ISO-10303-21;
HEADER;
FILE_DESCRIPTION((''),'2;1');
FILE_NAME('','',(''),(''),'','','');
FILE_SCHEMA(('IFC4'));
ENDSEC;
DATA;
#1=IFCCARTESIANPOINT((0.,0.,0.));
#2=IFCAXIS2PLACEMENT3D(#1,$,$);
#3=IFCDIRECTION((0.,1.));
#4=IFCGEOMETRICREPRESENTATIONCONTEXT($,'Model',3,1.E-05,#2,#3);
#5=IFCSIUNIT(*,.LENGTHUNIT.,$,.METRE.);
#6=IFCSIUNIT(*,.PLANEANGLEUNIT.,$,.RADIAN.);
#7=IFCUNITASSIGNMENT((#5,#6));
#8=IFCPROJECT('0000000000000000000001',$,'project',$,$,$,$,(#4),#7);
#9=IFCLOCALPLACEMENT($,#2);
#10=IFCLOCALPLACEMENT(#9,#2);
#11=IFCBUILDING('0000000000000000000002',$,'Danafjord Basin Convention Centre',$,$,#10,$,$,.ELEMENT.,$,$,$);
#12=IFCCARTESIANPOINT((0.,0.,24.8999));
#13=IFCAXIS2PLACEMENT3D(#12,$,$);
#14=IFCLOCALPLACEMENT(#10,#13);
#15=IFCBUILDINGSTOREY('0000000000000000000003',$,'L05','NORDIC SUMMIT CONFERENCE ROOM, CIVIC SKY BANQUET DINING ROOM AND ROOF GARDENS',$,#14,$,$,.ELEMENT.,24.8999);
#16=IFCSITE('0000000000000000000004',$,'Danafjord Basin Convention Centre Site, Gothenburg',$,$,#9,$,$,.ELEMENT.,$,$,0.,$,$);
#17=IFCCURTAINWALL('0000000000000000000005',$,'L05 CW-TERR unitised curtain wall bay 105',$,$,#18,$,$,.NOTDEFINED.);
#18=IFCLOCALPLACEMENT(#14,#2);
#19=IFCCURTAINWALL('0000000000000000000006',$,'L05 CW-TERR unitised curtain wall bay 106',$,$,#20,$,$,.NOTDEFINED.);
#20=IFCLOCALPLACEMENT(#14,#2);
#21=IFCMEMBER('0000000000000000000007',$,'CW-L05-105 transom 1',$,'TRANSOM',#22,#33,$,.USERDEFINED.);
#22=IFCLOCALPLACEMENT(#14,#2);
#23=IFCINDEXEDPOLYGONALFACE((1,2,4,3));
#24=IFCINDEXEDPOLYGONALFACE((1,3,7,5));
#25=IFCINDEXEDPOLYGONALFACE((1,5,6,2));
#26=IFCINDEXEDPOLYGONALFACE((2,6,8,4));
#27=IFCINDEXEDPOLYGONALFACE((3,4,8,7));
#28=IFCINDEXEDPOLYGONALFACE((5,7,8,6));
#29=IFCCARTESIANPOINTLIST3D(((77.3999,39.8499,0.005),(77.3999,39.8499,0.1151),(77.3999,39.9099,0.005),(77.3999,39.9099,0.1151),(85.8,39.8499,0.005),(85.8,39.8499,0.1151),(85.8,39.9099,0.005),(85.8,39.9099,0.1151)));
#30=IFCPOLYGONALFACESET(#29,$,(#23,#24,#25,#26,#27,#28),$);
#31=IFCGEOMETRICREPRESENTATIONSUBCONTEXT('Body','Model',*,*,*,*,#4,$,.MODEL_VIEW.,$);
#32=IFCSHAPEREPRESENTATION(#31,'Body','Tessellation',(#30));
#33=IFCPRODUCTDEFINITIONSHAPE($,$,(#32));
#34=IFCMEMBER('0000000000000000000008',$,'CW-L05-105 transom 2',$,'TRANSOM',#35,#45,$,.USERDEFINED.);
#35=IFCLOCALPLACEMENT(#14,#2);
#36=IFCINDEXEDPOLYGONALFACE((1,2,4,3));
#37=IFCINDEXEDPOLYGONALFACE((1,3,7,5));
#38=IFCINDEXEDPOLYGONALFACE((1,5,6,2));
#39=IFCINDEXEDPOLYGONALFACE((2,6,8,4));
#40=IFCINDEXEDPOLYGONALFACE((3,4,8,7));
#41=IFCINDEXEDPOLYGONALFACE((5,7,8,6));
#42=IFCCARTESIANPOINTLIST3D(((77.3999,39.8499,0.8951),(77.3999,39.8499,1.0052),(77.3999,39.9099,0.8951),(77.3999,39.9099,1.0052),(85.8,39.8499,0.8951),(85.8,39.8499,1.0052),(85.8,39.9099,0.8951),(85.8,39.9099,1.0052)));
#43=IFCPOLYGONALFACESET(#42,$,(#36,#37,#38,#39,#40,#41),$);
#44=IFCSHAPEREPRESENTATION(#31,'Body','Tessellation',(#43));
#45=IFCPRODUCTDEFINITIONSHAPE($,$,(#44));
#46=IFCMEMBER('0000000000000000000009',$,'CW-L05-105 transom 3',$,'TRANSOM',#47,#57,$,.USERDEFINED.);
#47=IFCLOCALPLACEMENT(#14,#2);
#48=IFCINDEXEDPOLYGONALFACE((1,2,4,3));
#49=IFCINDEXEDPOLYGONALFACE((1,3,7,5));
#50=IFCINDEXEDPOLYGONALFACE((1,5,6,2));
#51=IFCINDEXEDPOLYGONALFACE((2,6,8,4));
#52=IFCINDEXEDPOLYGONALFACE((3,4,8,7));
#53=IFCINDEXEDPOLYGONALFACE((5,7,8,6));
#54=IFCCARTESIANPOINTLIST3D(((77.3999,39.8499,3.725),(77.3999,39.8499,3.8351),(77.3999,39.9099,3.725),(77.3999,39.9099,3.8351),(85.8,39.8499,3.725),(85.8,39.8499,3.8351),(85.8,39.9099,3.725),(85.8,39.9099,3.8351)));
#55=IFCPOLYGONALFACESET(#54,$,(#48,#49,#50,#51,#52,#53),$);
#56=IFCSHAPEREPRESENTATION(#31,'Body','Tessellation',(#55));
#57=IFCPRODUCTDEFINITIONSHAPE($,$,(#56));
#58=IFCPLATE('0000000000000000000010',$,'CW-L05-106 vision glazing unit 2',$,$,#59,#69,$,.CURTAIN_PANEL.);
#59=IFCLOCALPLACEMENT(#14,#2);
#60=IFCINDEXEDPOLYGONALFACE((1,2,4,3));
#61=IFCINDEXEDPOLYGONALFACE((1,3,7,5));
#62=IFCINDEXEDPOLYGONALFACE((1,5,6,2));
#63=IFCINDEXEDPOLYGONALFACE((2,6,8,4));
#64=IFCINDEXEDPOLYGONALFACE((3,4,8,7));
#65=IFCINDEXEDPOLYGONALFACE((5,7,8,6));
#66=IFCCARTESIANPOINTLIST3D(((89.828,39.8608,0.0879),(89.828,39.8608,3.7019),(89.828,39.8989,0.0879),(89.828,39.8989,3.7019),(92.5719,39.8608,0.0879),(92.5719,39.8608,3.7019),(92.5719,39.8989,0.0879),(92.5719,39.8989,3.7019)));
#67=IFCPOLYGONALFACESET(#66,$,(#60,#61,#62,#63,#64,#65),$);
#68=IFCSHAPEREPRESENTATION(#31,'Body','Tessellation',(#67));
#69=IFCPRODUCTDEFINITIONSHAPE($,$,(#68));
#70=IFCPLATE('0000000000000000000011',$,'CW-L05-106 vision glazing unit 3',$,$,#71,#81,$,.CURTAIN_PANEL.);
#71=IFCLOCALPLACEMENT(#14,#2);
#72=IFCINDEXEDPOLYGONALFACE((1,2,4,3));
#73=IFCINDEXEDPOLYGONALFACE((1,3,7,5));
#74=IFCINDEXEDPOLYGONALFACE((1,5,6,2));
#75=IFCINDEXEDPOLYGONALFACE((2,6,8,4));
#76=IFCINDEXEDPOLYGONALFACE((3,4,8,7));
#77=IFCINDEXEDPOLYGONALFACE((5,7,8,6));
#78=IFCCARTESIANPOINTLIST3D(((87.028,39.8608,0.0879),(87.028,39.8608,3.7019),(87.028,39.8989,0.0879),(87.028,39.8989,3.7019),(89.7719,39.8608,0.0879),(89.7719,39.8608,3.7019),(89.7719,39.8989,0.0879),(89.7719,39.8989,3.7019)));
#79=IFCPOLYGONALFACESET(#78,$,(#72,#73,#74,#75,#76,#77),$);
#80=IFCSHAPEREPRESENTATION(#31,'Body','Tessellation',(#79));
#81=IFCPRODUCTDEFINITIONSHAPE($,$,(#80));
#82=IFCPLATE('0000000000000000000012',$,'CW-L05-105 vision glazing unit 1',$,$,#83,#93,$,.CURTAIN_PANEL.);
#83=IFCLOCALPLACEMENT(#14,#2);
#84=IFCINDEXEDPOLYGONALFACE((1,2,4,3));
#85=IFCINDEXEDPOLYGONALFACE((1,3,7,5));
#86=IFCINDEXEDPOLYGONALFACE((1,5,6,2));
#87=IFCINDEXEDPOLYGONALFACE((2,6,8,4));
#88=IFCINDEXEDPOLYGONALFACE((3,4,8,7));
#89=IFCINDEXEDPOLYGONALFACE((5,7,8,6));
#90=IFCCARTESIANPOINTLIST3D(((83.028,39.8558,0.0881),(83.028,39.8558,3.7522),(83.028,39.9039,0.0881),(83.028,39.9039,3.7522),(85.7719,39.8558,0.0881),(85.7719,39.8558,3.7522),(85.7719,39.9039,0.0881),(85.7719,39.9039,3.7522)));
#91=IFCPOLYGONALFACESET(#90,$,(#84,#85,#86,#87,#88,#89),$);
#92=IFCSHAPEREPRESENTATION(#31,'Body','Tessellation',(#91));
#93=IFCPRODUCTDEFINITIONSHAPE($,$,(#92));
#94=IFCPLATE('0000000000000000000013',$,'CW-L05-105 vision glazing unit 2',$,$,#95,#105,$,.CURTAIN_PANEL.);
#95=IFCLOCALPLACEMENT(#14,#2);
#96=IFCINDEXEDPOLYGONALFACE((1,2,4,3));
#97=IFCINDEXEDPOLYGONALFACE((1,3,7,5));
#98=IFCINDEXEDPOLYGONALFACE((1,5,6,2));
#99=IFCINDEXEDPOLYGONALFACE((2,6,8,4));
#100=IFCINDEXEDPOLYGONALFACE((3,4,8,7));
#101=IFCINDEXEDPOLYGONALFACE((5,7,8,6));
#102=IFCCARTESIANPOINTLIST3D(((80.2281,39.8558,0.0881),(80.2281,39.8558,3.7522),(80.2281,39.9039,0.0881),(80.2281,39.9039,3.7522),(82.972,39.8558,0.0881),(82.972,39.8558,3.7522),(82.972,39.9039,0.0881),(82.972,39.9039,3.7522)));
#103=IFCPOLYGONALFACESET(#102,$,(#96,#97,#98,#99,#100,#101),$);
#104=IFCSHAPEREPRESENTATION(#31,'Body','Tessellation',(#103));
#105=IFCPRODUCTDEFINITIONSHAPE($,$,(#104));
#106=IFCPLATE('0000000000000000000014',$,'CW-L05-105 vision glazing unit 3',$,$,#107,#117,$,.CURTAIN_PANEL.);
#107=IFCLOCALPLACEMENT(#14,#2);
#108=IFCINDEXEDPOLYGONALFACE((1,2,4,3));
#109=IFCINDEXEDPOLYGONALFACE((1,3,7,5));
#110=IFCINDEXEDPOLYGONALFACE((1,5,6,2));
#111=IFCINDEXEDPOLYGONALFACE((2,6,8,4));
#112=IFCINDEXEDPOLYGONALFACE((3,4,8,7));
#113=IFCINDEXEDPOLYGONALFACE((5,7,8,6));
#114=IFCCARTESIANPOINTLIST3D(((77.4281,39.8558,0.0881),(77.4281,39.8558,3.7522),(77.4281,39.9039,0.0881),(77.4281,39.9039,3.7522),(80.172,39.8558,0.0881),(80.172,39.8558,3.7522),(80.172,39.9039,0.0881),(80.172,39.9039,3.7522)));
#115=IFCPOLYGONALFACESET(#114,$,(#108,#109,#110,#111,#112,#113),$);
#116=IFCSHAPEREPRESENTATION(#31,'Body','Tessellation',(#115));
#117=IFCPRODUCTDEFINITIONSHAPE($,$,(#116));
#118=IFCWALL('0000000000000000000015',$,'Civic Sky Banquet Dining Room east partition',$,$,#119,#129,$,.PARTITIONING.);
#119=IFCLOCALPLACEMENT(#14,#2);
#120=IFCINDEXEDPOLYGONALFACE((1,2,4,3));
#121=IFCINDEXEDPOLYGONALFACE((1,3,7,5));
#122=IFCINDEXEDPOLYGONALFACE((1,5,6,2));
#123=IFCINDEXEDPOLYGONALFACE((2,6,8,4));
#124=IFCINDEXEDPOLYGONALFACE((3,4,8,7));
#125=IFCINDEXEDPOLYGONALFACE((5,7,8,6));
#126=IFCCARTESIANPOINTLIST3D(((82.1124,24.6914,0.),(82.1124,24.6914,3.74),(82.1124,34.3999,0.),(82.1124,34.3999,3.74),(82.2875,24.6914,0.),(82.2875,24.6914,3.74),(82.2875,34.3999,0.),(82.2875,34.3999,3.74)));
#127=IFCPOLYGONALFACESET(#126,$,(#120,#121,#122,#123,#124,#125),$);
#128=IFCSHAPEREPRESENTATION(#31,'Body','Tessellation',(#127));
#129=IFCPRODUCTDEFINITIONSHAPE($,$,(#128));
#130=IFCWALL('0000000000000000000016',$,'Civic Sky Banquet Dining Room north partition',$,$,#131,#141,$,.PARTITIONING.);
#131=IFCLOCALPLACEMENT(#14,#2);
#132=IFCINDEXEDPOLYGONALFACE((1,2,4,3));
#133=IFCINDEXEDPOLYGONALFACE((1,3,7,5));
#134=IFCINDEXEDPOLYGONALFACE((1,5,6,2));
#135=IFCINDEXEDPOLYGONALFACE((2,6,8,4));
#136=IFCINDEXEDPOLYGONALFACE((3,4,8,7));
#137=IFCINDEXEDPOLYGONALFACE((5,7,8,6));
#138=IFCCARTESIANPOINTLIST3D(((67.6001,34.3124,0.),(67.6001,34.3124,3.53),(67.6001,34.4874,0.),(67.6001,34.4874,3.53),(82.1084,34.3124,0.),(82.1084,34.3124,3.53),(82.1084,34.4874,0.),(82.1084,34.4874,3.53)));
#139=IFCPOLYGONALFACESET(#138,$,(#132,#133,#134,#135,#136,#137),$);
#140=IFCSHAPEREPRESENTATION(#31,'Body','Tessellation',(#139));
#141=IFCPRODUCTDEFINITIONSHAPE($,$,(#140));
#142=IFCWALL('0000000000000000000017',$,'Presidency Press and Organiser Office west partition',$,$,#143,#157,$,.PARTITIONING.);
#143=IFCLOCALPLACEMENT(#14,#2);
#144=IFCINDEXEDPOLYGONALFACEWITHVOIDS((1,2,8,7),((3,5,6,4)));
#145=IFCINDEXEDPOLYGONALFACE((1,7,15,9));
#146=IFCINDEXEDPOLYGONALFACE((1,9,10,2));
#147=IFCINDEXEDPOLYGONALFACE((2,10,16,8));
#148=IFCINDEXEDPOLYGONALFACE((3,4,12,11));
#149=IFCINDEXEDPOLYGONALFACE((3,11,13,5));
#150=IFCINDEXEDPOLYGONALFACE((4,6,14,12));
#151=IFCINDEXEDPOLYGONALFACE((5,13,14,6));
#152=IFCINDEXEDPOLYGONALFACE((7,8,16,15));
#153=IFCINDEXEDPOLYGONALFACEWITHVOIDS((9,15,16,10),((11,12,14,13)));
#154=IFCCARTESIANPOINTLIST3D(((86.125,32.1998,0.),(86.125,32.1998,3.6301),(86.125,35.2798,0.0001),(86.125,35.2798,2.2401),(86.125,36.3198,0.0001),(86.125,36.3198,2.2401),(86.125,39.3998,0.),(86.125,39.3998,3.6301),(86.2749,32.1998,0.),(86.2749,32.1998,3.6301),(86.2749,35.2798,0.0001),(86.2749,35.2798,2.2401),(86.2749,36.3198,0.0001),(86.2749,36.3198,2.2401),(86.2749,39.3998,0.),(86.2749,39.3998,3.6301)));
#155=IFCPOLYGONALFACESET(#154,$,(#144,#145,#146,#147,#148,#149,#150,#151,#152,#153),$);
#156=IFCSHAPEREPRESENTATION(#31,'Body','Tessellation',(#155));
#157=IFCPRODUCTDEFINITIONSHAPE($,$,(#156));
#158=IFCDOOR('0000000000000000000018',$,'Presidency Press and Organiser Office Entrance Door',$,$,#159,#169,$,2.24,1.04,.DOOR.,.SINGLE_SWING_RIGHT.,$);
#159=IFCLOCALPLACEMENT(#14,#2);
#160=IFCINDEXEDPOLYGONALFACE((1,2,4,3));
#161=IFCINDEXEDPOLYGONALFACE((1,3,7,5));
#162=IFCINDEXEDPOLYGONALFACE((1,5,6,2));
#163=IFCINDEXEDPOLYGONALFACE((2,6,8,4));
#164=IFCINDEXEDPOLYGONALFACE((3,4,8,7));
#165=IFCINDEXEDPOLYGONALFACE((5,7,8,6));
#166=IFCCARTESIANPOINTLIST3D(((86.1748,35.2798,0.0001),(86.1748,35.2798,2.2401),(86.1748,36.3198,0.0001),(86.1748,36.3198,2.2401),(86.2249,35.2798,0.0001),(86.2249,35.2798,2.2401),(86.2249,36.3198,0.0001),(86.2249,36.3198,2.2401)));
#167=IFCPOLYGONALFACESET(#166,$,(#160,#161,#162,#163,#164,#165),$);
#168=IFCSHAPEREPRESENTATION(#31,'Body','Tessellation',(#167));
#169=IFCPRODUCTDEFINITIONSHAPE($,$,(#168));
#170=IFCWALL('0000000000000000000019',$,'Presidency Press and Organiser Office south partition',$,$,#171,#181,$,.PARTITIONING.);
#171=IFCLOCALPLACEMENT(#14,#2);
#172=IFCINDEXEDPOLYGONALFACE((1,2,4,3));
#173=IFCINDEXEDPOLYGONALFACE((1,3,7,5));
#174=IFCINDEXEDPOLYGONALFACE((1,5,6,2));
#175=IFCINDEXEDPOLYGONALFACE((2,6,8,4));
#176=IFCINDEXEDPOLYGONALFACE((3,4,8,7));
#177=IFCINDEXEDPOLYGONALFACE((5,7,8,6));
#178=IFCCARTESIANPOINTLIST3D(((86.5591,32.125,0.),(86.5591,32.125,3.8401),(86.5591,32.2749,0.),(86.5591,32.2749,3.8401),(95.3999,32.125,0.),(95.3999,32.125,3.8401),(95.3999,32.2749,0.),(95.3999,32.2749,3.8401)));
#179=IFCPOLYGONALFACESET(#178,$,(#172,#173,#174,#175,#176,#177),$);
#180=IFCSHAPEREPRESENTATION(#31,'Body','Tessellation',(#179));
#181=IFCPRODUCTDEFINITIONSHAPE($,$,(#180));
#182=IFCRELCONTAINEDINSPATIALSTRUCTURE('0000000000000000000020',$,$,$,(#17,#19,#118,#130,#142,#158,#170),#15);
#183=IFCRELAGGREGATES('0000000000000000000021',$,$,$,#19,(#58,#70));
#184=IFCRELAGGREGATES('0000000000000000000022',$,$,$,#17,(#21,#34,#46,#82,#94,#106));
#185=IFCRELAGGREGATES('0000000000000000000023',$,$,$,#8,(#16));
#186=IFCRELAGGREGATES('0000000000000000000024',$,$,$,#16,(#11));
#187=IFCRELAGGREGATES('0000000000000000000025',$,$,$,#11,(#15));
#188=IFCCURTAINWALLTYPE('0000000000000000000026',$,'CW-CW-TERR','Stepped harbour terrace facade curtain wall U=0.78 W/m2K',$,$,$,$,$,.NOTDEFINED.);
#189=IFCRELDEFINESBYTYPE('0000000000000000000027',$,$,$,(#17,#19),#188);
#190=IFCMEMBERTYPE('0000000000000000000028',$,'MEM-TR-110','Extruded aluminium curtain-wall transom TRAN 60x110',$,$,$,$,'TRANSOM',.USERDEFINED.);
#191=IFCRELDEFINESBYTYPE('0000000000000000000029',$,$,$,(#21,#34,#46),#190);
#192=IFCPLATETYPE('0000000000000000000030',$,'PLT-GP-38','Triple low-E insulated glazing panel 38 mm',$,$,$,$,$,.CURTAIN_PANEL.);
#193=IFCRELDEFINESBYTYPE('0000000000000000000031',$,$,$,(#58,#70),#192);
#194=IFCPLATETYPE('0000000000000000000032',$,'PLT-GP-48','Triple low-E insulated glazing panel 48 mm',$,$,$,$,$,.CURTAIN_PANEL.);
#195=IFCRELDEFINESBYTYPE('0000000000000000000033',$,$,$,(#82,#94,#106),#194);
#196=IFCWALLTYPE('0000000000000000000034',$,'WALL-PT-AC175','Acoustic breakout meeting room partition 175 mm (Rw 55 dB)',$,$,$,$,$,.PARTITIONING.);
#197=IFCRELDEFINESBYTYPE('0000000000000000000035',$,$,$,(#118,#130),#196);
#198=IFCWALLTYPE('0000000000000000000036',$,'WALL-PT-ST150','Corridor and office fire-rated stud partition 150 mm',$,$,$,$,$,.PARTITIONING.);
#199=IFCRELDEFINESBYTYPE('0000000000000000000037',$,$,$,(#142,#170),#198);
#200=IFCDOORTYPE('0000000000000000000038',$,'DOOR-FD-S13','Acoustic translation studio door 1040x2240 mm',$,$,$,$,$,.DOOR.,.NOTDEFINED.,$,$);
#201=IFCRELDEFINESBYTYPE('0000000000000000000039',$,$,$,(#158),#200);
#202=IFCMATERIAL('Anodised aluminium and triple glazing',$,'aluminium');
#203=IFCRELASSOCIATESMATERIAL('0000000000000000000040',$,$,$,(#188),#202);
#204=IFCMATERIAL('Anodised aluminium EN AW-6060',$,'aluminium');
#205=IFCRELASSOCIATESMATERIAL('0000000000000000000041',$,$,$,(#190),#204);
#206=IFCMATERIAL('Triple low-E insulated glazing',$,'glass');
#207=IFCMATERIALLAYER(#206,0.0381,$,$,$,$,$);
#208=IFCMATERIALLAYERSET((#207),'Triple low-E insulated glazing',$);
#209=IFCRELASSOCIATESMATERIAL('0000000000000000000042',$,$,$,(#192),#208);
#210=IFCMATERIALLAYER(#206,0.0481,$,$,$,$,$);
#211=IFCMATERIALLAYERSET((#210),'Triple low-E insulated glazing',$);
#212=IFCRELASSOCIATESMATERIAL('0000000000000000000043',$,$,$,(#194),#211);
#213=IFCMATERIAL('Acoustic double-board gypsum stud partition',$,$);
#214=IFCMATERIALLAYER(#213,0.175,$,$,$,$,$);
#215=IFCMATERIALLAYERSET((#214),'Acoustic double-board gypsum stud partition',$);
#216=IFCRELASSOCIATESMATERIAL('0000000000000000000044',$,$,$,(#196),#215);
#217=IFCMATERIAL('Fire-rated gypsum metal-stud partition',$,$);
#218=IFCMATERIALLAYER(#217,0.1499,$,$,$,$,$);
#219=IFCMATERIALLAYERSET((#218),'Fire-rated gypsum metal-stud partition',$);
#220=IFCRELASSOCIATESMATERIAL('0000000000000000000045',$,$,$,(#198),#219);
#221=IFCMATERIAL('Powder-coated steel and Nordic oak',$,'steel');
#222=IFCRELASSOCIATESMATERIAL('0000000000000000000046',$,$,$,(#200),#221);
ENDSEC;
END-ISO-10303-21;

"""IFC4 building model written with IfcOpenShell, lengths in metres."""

from ifc_helpers import new_model, si_unit, direction, frame, frame_2d, origin, origin_2d, place, context, subcontext, project, spatial, rectangle, extrude, material, layer, layer_set, material_profile, profile_set, type_object, element, fill, aggregate, save


model = new_model("IFC4")

# Units and contexts
model_context = context("Model", 3, precision=1e-05, world=origin(), true_north=direction((0.0, 1.0)))
body_context = subcontext(model_context, "Body", "Model", "MODEL_VIEW")
ifc_project = project(units=[si_unit("LENGTHUNIT", "METRE"), si_unit("PLANEANGLEUNIT", "RADIAN")], contexts=[model_context])

# Site, building, storey
site_placement = place(None, origin())
site = spatial("IfcSite", under=ifc_project, at=site_placement, Name="Danafjord Basin Convention Centre Site, Gothenburg", CompositionType="ELEMENT", RefElevation=0.0)
building_placement = place(site_placement, origin())
building = spatial("IfcBuilding", under=site, at=building_placement, Name="Danafjord Basin Convention Centre", CompositionType="ELEMENT")
storey_placement = place(building_placement, frame((0.0, 0.0, 24.8999)))
storey = spatial("IfcBuildingStorey", under=building, at=storey_placement, Name="L05", Description="NORDIC SUMMIT CONFERENCE ROOM, CIVIC SKY BANQUET DINING ROOM AND ROOF GARDENS", CompositionType="ELEMENT", Elevation=24.8999)

# Curtain walls
ifc_material_1 = material(Name="Anodised aluminium and triple glazing", Category="aluminium")
curtain_wall_type = type_object("IfcCurtainWallType", Name="CW-CW-TERR", Description="Stepped harbour terrace facade curtain wall U=0.78 W/m2K", PredefinedType="NOTDEFINED", material=ifc_material_1)
curtain_wall_1_placement = place(storey_placement, origin())
curtain_wall_1 = element("IfcCurtainWall", 1, at=curtain_wall_1_placement, inside=storey, type_object=curtain_wall_type, Name="L05 CW-TERR unitised curtain wall bay 105", PredefinedType="NOTDEFINED")
ifc_material_2 = material(Name="Anodised aluminium EN AW-6060", Category="aluminium")
curtain_wall_2_placement = place(storey_placement, origin())
curtain_wall_2 = element("IfcCurtainWall", 2, at=curtain_wall_2_placement, inside=storey, type_object=curtain_wall_type, Name="L05 CW-TERR unitised curtain wall bay 106", PredefinedType="NOTDEFINED")

# Members
ifc_material_profile_1 = material_profile(ifc_material_2, rectangle(XDim=0.0601, YDim=0.1101, at=origin_2d()), Name="TRAN 60x110")
ifc_profile_set_1 = profile_set([ifc_material_profile_1], Name="Anodised aluminium EN AW-6060")
member_type_1 = type_object("IfcMemberType", Name="MEM-TR-110", Description="Extruded aluminium curtain-wall transom TRAN 60x110", ElementType="TRANSOM", PredefinedType="USERDEFINED", material=ifc_profile_set_1)
member_1_placement = place(storey_placement, frame((85.8, 39.8799, 0.0601), z_axis=(-1.0, 0.0, 0.0), x_axis=(0.0, -1.0, 0.0)))
member_1 = element("IfcMember", 3, at=member_1_placement, type_object=member_type_1, Name="CW-L05-105 transom 1", ObjectType="TRANSOM", PredefinedType="USERDEFINED", context=body_context, shape_type="SweptSolid", body=[
    extrude(rectangle(XDim=0.0601, YDim=0.1101, at=origin_2d()), origin(), (0.0, 0.0, 1.0), 8.4001),
])
member_2_placement = place(storey_placement, frame((85.8, 39.8799, 0.9502), z_axis=(-1.0, 0.0, 0.0), x_axis=(0.0, -1.0, 0.0)))
member_2 = element("IfcMember", 4, at=member_2_placement, type_object=member_type_1, Name="CW-L05-105 transom 2", ObjectType="TRANSOM", PredefinedType="USERDEFINED", context=body_context, shape_type="SweptSolid", body=[
    extrude(rectangle(XDim=0.0601, YDim=0.1101, at=origin_2d()), origin(), (0.0, 0.0, 1.0), 8.4001),
])
member_3_placement = place(storey_placement, frame((85.8, 39.8799, 3.78), z_axis=(-1.0, 0.0, 0.0), x_axis=(0.0, -1.0, 0.0)))
member_3 = element("IfcMember", 5, at=member_3_placement, type_object=member_type_1, Name="CW-L05-105 transom 3", ObjectType="TRANSOM", PredefinedType="USERDEFINED", context=body_context, shape_type="SweptSolid", body=[
    extrude(rectangle(XDim=0.0601, YDim=0.1101, at=origin_2d()), origin(), (0.0, 0.0, 1.0), 8.4001),
])

# Plates
ifc_material_3 = material(Name="Triple low-E insulated glazing", Category="glass")
ifc_layer_1 = layer(ifc_material_3, 0.0381)
ifc_layer_set_1 = layer_set([ifc_layer_1], Name="Triple low-E insulated glazing")
plate_type_1 = type_object("IfcPlateType", Name="PLT-GP-38", Description="Triple low-E insulated glazing panel 38 mm", PredefinedType="CURTAIN_PANEL", material=ifc_layer_set_1)
plate_1_placement = place(storey_placement, frame((91.2, 39.8799, 0.0879), z_axis=(0.0, 0.0, 1.0), x_axis=(-1.0, 0.0, 0.0)))
plate_1 = element("IfcPlate", 6, at=plate_1_placement, type_object=plate_type_1, Name="CW-L05-106 vision glazing unit 2", PredefinedType="CURTAIN_PANEL", context=body_context, shape_type="SweptSolid", body=[
    extrude(rectangle(XDim=2.7439, YDim=0.0381, at=origin_2d()), origin(), (0.0, 0.0, 1.0), 3.614),
])
plate_2_placement = place(storey_placement, frame((88.3999, 39.8799, 0.0879), z_axis=(0.0, 0.0, 1.0), x_axis=(-1.0, 0.0, 0.0)))
plate_2 = element("IfcPlate", 7, at=plate_2_placement, type_object=plate_type_1, Name="CW-L05-106 vision glazing unit 3", PredefinedType="CURTAIN_PANEL", context=body_context, shape_type="SweptSolid", body=[
    extrude(rectangle(XDim=2.7439, YDim=0.0381, at=origin_2d()), origin(), (0.0, 0.0, 1.0), 3.614),
])
aggregate(curtain_wall_2, [plate_1, plate_2])
ifc_layer_2 = layer(ifc_material_3, 0.0481)
ifc_layer_set_2 = layer_set([ifc_layer_2], Name="Triple low-E insulated glazing")
plate_type_2 = type_object("IfcPlateType", Name="PLT-GP-48", Description="Triple low-E insulated glazing panel 48 mm", PredefinedType="CURTAIN_PANEL", material=ifc_layer_set_2)
plate_3_placement = place(storey_placement, frame((84.3999, 39.8799, 0.0881), z_axis=(0.0, 0.0, 1.0), x_axis=(-1.0, 0.0, 0.0)))
plate_3 = element("IfcPlate", 8, at=plate_3_placement, type_object=plate_type_2, Name="CW-L05-105 vision glazing unit 1", PredefinedType="CURTAIN_PANEL", context=body_context, shape_type="SweptSolid", body=[
    extrude(rectangle(XDim=2.7439, YDim=0.0481, at=origin_2d()), origin(), (0.0, 0.0, 1.0), 3.6641),
])
plate_4_placement = place(storey_placement, frame((81.6001, 39.8799, 0.0881), z_axis=(0.0, 0.0, 1.0), x_axis=(-1.0, 0.0, 0.0)))
plate_4 = element("IfcPlate", 9, at=plate_4_placement, type_object=plate_type_2, Name="CW-L05-105 vision glazing unit 2", PredefinedType="CURTAIN_PANEL", context=body_context, shape_type="SweptSolid", body=[
    extrude(rectangle(XDim=2.7439, YDim=0.0481, at=origin_2d()), origin(), (0.0, 0.0, 1.0), 3.6641),
])
plate_5_placement = place(storey_placement, frame((78.8, 39.8799, 0.0881), z_axis=(0.0, 0.0, 1.0), x_axis=(-1.0, 0.0, 0.0)))
plate_5 = element("IfcPlate", 10, at=plate_5_placement, type_object=plate_type_2, Name="CW-L05-105 vision glazing unit 3", PredefinedType="CURTAIN_PANEL", context=body_context, shape_type="SweptSolid", body=[
    extrude(rectangle(XDim=2.7439, YDim=0.0481, at=origin_2d()), origin(), (0.0, 0.0, 1.0), 3.6641),
])
aggregate(curtain_wall_1, [member_1, member_2, member_3, plate_3, plate_4, plate_5])

# Walls
ifc_material_4 = material(Name="Acoustic double-board gypsum stud partition")
ifc_layer_3 = layer(ifc_material_4, 0.175)
ifc_layer_set_3 = layer_set([ifc_layer_3], Name="Acoustic double-board gypsum stud partition")
wall_type_1 = type_object("IfcWallType", Name="WALL-PT-AC175", Description="Acoustic breakout meeting room partition 175 mm (Rw 55 dB)", PredefinedType="PARTITIONING", material=ifc_layer_set_3)
wall_1_placement = place(storey_placement, frame((82.2, 24.6914, 0.0), z_axis=(0.0, 0.0, 1.0), x_axis=(0.0, 1.0, 0.0)))
element("IfcWall", 11, at=wall_1_placement, inside=storey, type_object=wall_type_1, Name="Civic Sky Banquet Dining Room east partition", PredefinedType="PARTITIONING", context=body_context, shape_type="SweptSolid", body=[
    extrude(rectangle(XDim=9.7085, YDim=0.175, at=frame_2d((4.8542, 0.0))), origin(), (0.0, 0.0, 1.0), 3.74),
])
wall_2_placement = place(storey_placement, frame((82.1084, 34.3999, 0.0), z_axis=(0.0, 0.0, 1.0), x_axis=(-1.0, 0.0, 0.0)))
element("IfcWall", 12, at=wall_2_placement, inside=storey, type_object=wall_type_1, Name="Civic Sky Banquet Dining Room north partition", PredefinedType="PARTITIONING", context=body_context, shape_type="SweptSolid", body=[
    extrude(rectangle(XDim=14.5083, YDim=0.175, at=frame_2d((7.2542, 0.0))), origin(), (0.0, 0.0, 1.0), 3.53),
])

# Wall, opening, door
ifc_material_5 = material(Name="Fire-rated gypsum metal-stud partition")
ifc_layer_4 = layer(ifc_material_5, 0.1499)
ifc_layer_set_4 = layer_set([ifc_layer_4], Name="Fire-rated gypsum metal-stud partition")
wall_type_2 = type_object("IfcWallType", Name="WALL-PT-ST150", Description="Corridor and office fire-rated stud partition 150 mm", PredefinedType="PARTITIONING", material=ifc_layer_set_4)
wall_3_placement = place(storey_placement, frame((86.2, 39.3999, 0.0), z_axis=(0.0, 0.0, 1.0), x_axis=(0.0, -1.0, 0.0)))
wall_3 = element("IfcWall", 13, at=wall_3_placement, inside=storey, type_object=wall_type_2, Name="Presidency Press and Organiser Office west partition", PredefinedType="PARTITIONING", context=body_context, shape_type="SweptSolid", body=[
    extrude(rectangle(XDim=7.2, YDim=0.1499, at=frame_2d((3.6001, 0.0))), origin(), (0.0, 0.0, 1.0), 3.6301),
])
opening_1_placement = place(wall_3_placement, frame((3.0801, 0.0, 0.0)))
opening_1 = element("IfcOpeningElement", 14, at=opening_1_placement, cuts=wall_3, PredefinedType="OPENING", context=body_context, shape_type="SweptSolid", body=[
    extrude(rectangle(XDim=1.04, YDim=2.24, at=frame_2d((0.52, 1.1201))), frame((0.0, 0.085, 0.0), z_axis=(0.0, -1.0, 0.0), x_axis=(1.0, 0.0, 0.0)), (0.0, 0.0, 1.0), 0.1699),
])
ifc_material_6 = material(Name="Powder-coated steel and Nordic oak", Category="steel")
door_type_1 = type_object("IfcDoorType", Name="DOOR-FD-S13", Description="Acoustic translation studio door 1040x2240 mm", OperationType="NOTDEFINED", PredefinedType="DOOR", material=ifc_material_6)
door_1_placement = place(opening_1_placement, origin())
door_1 = element("IfcDoor", 15, at=door_1_placement, inside=storey, type_object=door_type_1, Name="Presidency Press and Organiser Office Entrance Door", OperationType="SINGLE_SWING_RIGHT", OverallHeight=2.24, OverallWidth=1.04, PredefinedType="DOOR", context=body_context, shape_type="SweptSolid", body=[
    extrude(rectangle(XDim=1.04, YDim=2.24, at=frame_2d((0.52, 1.1201))), frame((0.0, 0.0249, 0.0), z_axis=(0.0, -1.0, 0.0), x_axis=(1.0, 0.0, 0.0)), (0.0, 0.0, 1.0), 0.05),
])
fill(opening_1, door_1)

# Wall
wall_4_placement = place(storey_placement, frame((86.5591, 32.2, 0.0), z_axis=(0.0, 0.0, 1.0), x_axis=(1.0, 0.0, 0.0)))
element("IfcWall", 16, at=wall_4_placement, inside=storey, type_object=wall_type_2, Name="Presidency Press and Organiser Office south partition", PredefinedType="PARTITIONING", context=body_context, shape_type="SweptSolid", body=[
    extrude(rectangle(XDim=8.8408, YDim=0.1499, at=frame_2d((4.4204, 0.0))), origin(), (0.0, 0.0, 1.0), 3.8401),
])

save(model, "model.ifc")
